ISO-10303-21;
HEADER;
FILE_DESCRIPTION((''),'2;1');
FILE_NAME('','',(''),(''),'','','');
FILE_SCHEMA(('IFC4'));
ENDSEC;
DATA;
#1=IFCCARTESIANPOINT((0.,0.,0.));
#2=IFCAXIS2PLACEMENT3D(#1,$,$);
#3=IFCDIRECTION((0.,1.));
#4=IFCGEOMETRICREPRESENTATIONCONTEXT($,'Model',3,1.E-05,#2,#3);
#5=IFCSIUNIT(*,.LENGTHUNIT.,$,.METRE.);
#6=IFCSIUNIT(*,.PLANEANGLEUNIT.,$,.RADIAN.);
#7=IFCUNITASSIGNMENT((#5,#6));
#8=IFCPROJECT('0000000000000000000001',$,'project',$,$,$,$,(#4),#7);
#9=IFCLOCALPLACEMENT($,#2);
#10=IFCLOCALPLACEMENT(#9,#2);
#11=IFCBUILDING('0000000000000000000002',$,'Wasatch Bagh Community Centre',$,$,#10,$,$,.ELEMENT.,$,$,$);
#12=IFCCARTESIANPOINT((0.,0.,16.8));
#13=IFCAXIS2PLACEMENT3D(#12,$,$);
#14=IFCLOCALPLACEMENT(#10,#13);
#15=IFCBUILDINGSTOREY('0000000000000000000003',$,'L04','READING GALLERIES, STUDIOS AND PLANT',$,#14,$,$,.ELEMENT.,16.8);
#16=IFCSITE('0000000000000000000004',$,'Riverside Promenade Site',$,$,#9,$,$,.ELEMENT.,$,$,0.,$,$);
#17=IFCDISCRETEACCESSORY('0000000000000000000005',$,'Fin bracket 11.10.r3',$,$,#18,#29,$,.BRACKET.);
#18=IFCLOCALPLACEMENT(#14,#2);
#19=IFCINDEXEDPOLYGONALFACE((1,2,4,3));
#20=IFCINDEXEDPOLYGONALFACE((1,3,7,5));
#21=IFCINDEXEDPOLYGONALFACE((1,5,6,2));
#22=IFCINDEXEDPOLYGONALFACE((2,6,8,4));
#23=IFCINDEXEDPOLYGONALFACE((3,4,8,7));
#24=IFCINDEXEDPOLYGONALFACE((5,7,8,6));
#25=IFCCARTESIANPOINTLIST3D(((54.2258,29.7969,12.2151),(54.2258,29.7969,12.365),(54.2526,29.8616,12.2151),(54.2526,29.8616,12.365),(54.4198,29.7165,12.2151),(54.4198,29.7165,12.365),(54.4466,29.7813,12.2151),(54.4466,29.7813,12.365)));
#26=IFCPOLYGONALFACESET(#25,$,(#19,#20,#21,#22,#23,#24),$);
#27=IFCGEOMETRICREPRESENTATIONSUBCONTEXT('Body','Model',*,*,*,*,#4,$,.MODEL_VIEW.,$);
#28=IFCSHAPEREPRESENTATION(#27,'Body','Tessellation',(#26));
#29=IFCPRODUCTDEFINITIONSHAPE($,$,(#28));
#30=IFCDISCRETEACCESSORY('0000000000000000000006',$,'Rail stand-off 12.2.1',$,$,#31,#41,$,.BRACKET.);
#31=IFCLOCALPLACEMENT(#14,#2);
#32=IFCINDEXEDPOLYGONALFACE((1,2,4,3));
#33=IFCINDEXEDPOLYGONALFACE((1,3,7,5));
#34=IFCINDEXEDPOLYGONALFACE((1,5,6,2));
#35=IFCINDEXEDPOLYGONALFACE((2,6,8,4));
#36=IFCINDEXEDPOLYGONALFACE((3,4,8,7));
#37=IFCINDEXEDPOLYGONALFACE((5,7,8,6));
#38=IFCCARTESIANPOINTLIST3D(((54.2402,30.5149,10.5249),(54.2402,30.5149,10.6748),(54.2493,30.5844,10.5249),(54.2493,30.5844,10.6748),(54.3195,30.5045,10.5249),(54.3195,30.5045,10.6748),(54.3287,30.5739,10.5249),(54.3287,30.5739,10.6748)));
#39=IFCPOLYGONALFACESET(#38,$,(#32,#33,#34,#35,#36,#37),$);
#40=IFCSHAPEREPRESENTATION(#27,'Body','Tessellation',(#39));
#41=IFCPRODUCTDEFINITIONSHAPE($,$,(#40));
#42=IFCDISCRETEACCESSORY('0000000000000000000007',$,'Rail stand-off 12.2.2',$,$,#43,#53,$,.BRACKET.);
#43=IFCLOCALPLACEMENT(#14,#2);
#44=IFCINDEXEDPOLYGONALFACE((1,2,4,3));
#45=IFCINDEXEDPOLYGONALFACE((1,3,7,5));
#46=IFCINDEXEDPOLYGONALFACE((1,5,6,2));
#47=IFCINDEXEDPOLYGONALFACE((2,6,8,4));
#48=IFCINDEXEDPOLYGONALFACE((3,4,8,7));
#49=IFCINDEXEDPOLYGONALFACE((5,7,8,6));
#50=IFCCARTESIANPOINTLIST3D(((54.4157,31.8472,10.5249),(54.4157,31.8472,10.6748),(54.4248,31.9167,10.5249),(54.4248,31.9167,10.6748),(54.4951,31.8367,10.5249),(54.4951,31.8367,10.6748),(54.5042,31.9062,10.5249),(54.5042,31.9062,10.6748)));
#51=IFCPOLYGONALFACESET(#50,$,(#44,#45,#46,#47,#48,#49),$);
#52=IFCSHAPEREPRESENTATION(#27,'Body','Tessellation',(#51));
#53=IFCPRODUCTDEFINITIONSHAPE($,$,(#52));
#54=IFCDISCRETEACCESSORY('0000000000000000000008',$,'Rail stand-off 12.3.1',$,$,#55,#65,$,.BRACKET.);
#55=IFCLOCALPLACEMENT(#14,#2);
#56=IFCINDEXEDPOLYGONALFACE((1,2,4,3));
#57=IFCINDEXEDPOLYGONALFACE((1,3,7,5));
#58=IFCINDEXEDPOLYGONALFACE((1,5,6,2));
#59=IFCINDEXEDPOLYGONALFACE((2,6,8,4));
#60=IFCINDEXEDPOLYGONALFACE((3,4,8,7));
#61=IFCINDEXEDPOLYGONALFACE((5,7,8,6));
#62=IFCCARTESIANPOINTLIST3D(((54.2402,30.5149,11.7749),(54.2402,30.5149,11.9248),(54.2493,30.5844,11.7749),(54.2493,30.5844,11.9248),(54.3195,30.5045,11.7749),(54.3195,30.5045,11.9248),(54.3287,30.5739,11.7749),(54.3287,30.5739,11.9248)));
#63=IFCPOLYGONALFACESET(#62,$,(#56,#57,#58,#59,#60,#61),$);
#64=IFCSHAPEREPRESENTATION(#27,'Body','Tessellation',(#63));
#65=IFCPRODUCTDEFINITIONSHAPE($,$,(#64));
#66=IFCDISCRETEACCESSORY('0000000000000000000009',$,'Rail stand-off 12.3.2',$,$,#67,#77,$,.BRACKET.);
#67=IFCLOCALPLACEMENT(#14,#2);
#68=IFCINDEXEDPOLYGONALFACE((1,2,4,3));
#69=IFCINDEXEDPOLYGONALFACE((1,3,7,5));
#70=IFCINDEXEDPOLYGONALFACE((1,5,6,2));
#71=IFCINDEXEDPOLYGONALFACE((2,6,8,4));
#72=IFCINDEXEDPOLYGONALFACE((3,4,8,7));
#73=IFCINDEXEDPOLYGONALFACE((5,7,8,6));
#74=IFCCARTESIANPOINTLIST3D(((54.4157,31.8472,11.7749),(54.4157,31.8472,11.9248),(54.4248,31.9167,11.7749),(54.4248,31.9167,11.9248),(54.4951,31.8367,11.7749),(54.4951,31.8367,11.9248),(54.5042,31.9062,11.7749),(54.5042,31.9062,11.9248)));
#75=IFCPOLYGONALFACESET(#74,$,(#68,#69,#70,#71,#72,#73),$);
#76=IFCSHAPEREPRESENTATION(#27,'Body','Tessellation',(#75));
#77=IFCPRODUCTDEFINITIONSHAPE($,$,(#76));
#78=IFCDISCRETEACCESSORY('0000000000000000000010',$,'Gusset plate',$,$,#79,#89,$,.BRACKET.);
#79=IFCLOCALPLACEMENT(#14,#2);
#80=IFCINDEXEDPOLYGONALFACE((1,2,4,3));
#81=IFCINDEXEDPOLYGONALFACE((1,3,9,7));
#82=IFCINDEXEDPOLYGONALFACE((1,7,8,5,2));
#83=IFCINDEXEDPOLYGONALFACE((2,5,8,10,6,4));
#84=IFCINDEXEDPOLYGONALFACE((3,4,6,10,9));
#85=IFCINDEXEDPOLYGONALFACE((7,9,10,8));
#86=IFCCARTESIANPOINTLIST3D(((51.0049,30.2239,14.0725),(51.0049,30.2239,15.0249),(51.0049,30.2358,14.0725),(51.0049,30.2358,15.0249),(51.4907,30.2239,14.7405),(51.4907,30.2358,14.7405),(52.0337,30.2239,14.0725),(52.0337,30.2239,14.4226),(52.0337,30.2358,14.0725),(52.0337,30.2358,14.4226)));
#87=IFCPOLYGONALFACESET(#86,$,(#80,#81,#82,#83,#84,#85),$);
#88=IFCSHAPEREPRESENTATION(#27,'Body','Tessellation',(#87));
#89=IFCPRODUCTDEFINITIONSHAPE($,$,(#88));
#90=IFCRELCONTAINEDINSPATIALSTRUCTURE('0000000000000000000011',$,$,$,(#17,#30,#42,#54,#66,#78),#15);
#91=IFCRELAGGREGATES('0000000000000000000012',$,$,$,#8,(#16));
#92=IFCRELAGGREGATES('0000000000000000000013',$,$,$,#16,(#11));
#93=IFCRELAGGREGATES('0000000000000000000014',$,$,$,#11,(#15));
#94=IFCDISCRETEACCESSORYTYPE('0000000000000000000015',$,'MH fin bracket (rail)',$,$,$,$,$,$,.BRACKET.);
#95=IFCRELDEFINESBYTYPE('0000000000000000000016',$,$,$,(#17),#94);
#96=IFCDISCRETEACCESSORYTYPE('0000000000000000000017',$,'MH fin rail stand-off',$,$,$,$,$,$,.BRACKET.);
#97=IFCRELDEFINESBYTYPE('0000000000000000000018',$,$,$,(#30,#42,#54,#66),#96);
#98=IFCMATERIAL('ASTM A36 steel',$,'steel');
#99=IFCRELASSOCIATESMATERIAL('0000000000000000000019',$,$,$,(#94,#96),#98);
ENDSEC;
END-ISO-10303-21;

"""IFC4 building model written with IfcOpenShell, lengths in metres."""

from ifc_helpers import new_model, si_unit, direction, frame, origin, origin_2d, place, context, subcontext, project, spatial, polyline, rectangle, outline, extrude, material, type_object, element, save


model = new_model("IFC4")

# Units and contexts
model_context = context("Model", 3, precision=1e-05, world=origin(), true_north=direction((0.0, 1.0)))
body_context = subcontext(model_context, "Body", "Model", "MODEL_VIEW")
ifc_project = project(units=[si_unit("LENGTHUNIT", "METRE"), si_unit("PLANEANGLEUNIT", "RADIAN")], contexts=[model_context])

# Site, building, storey
site_placement = place(None, origin())
site = spatial("IfcSite", under=ifc_project, at=site_placement, Name="Riverside Promenade Site", CompositionType="ELEMENT", RefElevation=0.0)
building_placement = place(site_placement, origin())
building = spatial("IfcBuilding", under=site, at=building_placement, Name="Wasatch Bagh Community Centre", CompositionType="ELEMENT")
storey_placement = place(building_placement, frame((0.0, 0.0, 16.8)))
storey = spatial("IfcBuildingStorey", under=building, at=storey_placement, Name="L04", Description="READING GALLERIES, STUDIOS AND PLANT", CompositionType="ELEMENT", Elevation=16.8)

# Discrete accessories
ifc_material_1 = material(Name="ASTM A36 steel", Category="steel")
discrete_accessory_type_1 = type_object("IfcDiscreteAccessoryType", Name="MH fin bracket (rail)", PredefinedType="BRACKET", material=ifc_material_1)
for number, where, z_axis, x_axis, name in (
    (1, (54.3362, 29.7891, 12.2151), (0.0, 0.0, 1.0), (0.382683, 0.92388, 0.0), "Fin bracket 11.10.r3"),
):
    element("IfcDiscreteAccessory", number, at=place(storey_placement, frame(where, z_axis=z_axis, x_axis=x_axis)), inside=storey, type_object=discrete_accessory_type_1, Name=name, PredefinedType="BRACKET", context=body_context, shape_type="SweptSolid", body=[
        extrude(rectangle(XDim=0.0701, YDim=0.21, at=origin_2d()), origin(), (0.0, 0.0, 1.0), 0.1499),
    ])
discrete_accessory_type_2 = type_object("IfcDiscreteAccessoryType", Name="MH fin rail stand-off", PredefinedType="BRACKET", material=ifc_material_1)
for number, where, z_axis, x_axis, name in (
    (2, (54.2844, 30.5444, 10.5249), (0.0, 0.0, 1.0), (0.130526, 0.991445, 0.0), "Rail stand-off 12.2.1"),
    (3, (54.46, 31.8767, 10.5249), (0.0, 0.0, 1.0), (0.130526, 0.991445, 0.0), "Rail stand-off 12.2.2"),
    (4, (54.2844, 30.5444, 11.7749), (0.0, 0.0, 1.0), (0.130526, 0.991445, 0.0), "Rail stand-off 12.3.1"),
    (5, (54.46, 31.8767, 11.7749), (0.0, 0.0, 1.0), (0.130526, 0.991445, 0.0), "Rail stand-off 12.3.2"),
):
    element("IfcDiscreteAccessory", number, at=place(storey_placement, frame(where, z_axis=z_axis, x_axis=x_axis)), inside=storey, type_object=discrete_accessory_type_2, Name=name, PredefinedType="BRACKET", context=body_context, shape_type="SweptSolid", body=[
        extrude(rectangle(XDim=0.0701, YDim=0.0801, at=origin_2d()), origin(), (0.0, 0.0, 1.0), 0.1499),
    ])
discrete_accessory_placement = place(storey_placement, frame((51.0049, 30.2358, 15.0249), z_axis=(0.0, 1.0, 0.0), x_axis=(0.862991, 0.0, -0.505219)))
element("IfcDiscreteAccessory", 6, at=discrete_accessory_placement, inside=storey, Name="Gusset plate", PredefinedType="BRACKET", context=body_context, shape_type="SweptSolid", body=[
    extrude(outline(polyline([(0.0, 0.0), (0.563, 0.0), (1.1921, 0.0), (1.369, 0.3021), (0.4812, 0.8219), (0.0, 0.0)])), origin(), (0.0, 0.0, -1.0), 0.012),
])

save(model, "model.ifc")
